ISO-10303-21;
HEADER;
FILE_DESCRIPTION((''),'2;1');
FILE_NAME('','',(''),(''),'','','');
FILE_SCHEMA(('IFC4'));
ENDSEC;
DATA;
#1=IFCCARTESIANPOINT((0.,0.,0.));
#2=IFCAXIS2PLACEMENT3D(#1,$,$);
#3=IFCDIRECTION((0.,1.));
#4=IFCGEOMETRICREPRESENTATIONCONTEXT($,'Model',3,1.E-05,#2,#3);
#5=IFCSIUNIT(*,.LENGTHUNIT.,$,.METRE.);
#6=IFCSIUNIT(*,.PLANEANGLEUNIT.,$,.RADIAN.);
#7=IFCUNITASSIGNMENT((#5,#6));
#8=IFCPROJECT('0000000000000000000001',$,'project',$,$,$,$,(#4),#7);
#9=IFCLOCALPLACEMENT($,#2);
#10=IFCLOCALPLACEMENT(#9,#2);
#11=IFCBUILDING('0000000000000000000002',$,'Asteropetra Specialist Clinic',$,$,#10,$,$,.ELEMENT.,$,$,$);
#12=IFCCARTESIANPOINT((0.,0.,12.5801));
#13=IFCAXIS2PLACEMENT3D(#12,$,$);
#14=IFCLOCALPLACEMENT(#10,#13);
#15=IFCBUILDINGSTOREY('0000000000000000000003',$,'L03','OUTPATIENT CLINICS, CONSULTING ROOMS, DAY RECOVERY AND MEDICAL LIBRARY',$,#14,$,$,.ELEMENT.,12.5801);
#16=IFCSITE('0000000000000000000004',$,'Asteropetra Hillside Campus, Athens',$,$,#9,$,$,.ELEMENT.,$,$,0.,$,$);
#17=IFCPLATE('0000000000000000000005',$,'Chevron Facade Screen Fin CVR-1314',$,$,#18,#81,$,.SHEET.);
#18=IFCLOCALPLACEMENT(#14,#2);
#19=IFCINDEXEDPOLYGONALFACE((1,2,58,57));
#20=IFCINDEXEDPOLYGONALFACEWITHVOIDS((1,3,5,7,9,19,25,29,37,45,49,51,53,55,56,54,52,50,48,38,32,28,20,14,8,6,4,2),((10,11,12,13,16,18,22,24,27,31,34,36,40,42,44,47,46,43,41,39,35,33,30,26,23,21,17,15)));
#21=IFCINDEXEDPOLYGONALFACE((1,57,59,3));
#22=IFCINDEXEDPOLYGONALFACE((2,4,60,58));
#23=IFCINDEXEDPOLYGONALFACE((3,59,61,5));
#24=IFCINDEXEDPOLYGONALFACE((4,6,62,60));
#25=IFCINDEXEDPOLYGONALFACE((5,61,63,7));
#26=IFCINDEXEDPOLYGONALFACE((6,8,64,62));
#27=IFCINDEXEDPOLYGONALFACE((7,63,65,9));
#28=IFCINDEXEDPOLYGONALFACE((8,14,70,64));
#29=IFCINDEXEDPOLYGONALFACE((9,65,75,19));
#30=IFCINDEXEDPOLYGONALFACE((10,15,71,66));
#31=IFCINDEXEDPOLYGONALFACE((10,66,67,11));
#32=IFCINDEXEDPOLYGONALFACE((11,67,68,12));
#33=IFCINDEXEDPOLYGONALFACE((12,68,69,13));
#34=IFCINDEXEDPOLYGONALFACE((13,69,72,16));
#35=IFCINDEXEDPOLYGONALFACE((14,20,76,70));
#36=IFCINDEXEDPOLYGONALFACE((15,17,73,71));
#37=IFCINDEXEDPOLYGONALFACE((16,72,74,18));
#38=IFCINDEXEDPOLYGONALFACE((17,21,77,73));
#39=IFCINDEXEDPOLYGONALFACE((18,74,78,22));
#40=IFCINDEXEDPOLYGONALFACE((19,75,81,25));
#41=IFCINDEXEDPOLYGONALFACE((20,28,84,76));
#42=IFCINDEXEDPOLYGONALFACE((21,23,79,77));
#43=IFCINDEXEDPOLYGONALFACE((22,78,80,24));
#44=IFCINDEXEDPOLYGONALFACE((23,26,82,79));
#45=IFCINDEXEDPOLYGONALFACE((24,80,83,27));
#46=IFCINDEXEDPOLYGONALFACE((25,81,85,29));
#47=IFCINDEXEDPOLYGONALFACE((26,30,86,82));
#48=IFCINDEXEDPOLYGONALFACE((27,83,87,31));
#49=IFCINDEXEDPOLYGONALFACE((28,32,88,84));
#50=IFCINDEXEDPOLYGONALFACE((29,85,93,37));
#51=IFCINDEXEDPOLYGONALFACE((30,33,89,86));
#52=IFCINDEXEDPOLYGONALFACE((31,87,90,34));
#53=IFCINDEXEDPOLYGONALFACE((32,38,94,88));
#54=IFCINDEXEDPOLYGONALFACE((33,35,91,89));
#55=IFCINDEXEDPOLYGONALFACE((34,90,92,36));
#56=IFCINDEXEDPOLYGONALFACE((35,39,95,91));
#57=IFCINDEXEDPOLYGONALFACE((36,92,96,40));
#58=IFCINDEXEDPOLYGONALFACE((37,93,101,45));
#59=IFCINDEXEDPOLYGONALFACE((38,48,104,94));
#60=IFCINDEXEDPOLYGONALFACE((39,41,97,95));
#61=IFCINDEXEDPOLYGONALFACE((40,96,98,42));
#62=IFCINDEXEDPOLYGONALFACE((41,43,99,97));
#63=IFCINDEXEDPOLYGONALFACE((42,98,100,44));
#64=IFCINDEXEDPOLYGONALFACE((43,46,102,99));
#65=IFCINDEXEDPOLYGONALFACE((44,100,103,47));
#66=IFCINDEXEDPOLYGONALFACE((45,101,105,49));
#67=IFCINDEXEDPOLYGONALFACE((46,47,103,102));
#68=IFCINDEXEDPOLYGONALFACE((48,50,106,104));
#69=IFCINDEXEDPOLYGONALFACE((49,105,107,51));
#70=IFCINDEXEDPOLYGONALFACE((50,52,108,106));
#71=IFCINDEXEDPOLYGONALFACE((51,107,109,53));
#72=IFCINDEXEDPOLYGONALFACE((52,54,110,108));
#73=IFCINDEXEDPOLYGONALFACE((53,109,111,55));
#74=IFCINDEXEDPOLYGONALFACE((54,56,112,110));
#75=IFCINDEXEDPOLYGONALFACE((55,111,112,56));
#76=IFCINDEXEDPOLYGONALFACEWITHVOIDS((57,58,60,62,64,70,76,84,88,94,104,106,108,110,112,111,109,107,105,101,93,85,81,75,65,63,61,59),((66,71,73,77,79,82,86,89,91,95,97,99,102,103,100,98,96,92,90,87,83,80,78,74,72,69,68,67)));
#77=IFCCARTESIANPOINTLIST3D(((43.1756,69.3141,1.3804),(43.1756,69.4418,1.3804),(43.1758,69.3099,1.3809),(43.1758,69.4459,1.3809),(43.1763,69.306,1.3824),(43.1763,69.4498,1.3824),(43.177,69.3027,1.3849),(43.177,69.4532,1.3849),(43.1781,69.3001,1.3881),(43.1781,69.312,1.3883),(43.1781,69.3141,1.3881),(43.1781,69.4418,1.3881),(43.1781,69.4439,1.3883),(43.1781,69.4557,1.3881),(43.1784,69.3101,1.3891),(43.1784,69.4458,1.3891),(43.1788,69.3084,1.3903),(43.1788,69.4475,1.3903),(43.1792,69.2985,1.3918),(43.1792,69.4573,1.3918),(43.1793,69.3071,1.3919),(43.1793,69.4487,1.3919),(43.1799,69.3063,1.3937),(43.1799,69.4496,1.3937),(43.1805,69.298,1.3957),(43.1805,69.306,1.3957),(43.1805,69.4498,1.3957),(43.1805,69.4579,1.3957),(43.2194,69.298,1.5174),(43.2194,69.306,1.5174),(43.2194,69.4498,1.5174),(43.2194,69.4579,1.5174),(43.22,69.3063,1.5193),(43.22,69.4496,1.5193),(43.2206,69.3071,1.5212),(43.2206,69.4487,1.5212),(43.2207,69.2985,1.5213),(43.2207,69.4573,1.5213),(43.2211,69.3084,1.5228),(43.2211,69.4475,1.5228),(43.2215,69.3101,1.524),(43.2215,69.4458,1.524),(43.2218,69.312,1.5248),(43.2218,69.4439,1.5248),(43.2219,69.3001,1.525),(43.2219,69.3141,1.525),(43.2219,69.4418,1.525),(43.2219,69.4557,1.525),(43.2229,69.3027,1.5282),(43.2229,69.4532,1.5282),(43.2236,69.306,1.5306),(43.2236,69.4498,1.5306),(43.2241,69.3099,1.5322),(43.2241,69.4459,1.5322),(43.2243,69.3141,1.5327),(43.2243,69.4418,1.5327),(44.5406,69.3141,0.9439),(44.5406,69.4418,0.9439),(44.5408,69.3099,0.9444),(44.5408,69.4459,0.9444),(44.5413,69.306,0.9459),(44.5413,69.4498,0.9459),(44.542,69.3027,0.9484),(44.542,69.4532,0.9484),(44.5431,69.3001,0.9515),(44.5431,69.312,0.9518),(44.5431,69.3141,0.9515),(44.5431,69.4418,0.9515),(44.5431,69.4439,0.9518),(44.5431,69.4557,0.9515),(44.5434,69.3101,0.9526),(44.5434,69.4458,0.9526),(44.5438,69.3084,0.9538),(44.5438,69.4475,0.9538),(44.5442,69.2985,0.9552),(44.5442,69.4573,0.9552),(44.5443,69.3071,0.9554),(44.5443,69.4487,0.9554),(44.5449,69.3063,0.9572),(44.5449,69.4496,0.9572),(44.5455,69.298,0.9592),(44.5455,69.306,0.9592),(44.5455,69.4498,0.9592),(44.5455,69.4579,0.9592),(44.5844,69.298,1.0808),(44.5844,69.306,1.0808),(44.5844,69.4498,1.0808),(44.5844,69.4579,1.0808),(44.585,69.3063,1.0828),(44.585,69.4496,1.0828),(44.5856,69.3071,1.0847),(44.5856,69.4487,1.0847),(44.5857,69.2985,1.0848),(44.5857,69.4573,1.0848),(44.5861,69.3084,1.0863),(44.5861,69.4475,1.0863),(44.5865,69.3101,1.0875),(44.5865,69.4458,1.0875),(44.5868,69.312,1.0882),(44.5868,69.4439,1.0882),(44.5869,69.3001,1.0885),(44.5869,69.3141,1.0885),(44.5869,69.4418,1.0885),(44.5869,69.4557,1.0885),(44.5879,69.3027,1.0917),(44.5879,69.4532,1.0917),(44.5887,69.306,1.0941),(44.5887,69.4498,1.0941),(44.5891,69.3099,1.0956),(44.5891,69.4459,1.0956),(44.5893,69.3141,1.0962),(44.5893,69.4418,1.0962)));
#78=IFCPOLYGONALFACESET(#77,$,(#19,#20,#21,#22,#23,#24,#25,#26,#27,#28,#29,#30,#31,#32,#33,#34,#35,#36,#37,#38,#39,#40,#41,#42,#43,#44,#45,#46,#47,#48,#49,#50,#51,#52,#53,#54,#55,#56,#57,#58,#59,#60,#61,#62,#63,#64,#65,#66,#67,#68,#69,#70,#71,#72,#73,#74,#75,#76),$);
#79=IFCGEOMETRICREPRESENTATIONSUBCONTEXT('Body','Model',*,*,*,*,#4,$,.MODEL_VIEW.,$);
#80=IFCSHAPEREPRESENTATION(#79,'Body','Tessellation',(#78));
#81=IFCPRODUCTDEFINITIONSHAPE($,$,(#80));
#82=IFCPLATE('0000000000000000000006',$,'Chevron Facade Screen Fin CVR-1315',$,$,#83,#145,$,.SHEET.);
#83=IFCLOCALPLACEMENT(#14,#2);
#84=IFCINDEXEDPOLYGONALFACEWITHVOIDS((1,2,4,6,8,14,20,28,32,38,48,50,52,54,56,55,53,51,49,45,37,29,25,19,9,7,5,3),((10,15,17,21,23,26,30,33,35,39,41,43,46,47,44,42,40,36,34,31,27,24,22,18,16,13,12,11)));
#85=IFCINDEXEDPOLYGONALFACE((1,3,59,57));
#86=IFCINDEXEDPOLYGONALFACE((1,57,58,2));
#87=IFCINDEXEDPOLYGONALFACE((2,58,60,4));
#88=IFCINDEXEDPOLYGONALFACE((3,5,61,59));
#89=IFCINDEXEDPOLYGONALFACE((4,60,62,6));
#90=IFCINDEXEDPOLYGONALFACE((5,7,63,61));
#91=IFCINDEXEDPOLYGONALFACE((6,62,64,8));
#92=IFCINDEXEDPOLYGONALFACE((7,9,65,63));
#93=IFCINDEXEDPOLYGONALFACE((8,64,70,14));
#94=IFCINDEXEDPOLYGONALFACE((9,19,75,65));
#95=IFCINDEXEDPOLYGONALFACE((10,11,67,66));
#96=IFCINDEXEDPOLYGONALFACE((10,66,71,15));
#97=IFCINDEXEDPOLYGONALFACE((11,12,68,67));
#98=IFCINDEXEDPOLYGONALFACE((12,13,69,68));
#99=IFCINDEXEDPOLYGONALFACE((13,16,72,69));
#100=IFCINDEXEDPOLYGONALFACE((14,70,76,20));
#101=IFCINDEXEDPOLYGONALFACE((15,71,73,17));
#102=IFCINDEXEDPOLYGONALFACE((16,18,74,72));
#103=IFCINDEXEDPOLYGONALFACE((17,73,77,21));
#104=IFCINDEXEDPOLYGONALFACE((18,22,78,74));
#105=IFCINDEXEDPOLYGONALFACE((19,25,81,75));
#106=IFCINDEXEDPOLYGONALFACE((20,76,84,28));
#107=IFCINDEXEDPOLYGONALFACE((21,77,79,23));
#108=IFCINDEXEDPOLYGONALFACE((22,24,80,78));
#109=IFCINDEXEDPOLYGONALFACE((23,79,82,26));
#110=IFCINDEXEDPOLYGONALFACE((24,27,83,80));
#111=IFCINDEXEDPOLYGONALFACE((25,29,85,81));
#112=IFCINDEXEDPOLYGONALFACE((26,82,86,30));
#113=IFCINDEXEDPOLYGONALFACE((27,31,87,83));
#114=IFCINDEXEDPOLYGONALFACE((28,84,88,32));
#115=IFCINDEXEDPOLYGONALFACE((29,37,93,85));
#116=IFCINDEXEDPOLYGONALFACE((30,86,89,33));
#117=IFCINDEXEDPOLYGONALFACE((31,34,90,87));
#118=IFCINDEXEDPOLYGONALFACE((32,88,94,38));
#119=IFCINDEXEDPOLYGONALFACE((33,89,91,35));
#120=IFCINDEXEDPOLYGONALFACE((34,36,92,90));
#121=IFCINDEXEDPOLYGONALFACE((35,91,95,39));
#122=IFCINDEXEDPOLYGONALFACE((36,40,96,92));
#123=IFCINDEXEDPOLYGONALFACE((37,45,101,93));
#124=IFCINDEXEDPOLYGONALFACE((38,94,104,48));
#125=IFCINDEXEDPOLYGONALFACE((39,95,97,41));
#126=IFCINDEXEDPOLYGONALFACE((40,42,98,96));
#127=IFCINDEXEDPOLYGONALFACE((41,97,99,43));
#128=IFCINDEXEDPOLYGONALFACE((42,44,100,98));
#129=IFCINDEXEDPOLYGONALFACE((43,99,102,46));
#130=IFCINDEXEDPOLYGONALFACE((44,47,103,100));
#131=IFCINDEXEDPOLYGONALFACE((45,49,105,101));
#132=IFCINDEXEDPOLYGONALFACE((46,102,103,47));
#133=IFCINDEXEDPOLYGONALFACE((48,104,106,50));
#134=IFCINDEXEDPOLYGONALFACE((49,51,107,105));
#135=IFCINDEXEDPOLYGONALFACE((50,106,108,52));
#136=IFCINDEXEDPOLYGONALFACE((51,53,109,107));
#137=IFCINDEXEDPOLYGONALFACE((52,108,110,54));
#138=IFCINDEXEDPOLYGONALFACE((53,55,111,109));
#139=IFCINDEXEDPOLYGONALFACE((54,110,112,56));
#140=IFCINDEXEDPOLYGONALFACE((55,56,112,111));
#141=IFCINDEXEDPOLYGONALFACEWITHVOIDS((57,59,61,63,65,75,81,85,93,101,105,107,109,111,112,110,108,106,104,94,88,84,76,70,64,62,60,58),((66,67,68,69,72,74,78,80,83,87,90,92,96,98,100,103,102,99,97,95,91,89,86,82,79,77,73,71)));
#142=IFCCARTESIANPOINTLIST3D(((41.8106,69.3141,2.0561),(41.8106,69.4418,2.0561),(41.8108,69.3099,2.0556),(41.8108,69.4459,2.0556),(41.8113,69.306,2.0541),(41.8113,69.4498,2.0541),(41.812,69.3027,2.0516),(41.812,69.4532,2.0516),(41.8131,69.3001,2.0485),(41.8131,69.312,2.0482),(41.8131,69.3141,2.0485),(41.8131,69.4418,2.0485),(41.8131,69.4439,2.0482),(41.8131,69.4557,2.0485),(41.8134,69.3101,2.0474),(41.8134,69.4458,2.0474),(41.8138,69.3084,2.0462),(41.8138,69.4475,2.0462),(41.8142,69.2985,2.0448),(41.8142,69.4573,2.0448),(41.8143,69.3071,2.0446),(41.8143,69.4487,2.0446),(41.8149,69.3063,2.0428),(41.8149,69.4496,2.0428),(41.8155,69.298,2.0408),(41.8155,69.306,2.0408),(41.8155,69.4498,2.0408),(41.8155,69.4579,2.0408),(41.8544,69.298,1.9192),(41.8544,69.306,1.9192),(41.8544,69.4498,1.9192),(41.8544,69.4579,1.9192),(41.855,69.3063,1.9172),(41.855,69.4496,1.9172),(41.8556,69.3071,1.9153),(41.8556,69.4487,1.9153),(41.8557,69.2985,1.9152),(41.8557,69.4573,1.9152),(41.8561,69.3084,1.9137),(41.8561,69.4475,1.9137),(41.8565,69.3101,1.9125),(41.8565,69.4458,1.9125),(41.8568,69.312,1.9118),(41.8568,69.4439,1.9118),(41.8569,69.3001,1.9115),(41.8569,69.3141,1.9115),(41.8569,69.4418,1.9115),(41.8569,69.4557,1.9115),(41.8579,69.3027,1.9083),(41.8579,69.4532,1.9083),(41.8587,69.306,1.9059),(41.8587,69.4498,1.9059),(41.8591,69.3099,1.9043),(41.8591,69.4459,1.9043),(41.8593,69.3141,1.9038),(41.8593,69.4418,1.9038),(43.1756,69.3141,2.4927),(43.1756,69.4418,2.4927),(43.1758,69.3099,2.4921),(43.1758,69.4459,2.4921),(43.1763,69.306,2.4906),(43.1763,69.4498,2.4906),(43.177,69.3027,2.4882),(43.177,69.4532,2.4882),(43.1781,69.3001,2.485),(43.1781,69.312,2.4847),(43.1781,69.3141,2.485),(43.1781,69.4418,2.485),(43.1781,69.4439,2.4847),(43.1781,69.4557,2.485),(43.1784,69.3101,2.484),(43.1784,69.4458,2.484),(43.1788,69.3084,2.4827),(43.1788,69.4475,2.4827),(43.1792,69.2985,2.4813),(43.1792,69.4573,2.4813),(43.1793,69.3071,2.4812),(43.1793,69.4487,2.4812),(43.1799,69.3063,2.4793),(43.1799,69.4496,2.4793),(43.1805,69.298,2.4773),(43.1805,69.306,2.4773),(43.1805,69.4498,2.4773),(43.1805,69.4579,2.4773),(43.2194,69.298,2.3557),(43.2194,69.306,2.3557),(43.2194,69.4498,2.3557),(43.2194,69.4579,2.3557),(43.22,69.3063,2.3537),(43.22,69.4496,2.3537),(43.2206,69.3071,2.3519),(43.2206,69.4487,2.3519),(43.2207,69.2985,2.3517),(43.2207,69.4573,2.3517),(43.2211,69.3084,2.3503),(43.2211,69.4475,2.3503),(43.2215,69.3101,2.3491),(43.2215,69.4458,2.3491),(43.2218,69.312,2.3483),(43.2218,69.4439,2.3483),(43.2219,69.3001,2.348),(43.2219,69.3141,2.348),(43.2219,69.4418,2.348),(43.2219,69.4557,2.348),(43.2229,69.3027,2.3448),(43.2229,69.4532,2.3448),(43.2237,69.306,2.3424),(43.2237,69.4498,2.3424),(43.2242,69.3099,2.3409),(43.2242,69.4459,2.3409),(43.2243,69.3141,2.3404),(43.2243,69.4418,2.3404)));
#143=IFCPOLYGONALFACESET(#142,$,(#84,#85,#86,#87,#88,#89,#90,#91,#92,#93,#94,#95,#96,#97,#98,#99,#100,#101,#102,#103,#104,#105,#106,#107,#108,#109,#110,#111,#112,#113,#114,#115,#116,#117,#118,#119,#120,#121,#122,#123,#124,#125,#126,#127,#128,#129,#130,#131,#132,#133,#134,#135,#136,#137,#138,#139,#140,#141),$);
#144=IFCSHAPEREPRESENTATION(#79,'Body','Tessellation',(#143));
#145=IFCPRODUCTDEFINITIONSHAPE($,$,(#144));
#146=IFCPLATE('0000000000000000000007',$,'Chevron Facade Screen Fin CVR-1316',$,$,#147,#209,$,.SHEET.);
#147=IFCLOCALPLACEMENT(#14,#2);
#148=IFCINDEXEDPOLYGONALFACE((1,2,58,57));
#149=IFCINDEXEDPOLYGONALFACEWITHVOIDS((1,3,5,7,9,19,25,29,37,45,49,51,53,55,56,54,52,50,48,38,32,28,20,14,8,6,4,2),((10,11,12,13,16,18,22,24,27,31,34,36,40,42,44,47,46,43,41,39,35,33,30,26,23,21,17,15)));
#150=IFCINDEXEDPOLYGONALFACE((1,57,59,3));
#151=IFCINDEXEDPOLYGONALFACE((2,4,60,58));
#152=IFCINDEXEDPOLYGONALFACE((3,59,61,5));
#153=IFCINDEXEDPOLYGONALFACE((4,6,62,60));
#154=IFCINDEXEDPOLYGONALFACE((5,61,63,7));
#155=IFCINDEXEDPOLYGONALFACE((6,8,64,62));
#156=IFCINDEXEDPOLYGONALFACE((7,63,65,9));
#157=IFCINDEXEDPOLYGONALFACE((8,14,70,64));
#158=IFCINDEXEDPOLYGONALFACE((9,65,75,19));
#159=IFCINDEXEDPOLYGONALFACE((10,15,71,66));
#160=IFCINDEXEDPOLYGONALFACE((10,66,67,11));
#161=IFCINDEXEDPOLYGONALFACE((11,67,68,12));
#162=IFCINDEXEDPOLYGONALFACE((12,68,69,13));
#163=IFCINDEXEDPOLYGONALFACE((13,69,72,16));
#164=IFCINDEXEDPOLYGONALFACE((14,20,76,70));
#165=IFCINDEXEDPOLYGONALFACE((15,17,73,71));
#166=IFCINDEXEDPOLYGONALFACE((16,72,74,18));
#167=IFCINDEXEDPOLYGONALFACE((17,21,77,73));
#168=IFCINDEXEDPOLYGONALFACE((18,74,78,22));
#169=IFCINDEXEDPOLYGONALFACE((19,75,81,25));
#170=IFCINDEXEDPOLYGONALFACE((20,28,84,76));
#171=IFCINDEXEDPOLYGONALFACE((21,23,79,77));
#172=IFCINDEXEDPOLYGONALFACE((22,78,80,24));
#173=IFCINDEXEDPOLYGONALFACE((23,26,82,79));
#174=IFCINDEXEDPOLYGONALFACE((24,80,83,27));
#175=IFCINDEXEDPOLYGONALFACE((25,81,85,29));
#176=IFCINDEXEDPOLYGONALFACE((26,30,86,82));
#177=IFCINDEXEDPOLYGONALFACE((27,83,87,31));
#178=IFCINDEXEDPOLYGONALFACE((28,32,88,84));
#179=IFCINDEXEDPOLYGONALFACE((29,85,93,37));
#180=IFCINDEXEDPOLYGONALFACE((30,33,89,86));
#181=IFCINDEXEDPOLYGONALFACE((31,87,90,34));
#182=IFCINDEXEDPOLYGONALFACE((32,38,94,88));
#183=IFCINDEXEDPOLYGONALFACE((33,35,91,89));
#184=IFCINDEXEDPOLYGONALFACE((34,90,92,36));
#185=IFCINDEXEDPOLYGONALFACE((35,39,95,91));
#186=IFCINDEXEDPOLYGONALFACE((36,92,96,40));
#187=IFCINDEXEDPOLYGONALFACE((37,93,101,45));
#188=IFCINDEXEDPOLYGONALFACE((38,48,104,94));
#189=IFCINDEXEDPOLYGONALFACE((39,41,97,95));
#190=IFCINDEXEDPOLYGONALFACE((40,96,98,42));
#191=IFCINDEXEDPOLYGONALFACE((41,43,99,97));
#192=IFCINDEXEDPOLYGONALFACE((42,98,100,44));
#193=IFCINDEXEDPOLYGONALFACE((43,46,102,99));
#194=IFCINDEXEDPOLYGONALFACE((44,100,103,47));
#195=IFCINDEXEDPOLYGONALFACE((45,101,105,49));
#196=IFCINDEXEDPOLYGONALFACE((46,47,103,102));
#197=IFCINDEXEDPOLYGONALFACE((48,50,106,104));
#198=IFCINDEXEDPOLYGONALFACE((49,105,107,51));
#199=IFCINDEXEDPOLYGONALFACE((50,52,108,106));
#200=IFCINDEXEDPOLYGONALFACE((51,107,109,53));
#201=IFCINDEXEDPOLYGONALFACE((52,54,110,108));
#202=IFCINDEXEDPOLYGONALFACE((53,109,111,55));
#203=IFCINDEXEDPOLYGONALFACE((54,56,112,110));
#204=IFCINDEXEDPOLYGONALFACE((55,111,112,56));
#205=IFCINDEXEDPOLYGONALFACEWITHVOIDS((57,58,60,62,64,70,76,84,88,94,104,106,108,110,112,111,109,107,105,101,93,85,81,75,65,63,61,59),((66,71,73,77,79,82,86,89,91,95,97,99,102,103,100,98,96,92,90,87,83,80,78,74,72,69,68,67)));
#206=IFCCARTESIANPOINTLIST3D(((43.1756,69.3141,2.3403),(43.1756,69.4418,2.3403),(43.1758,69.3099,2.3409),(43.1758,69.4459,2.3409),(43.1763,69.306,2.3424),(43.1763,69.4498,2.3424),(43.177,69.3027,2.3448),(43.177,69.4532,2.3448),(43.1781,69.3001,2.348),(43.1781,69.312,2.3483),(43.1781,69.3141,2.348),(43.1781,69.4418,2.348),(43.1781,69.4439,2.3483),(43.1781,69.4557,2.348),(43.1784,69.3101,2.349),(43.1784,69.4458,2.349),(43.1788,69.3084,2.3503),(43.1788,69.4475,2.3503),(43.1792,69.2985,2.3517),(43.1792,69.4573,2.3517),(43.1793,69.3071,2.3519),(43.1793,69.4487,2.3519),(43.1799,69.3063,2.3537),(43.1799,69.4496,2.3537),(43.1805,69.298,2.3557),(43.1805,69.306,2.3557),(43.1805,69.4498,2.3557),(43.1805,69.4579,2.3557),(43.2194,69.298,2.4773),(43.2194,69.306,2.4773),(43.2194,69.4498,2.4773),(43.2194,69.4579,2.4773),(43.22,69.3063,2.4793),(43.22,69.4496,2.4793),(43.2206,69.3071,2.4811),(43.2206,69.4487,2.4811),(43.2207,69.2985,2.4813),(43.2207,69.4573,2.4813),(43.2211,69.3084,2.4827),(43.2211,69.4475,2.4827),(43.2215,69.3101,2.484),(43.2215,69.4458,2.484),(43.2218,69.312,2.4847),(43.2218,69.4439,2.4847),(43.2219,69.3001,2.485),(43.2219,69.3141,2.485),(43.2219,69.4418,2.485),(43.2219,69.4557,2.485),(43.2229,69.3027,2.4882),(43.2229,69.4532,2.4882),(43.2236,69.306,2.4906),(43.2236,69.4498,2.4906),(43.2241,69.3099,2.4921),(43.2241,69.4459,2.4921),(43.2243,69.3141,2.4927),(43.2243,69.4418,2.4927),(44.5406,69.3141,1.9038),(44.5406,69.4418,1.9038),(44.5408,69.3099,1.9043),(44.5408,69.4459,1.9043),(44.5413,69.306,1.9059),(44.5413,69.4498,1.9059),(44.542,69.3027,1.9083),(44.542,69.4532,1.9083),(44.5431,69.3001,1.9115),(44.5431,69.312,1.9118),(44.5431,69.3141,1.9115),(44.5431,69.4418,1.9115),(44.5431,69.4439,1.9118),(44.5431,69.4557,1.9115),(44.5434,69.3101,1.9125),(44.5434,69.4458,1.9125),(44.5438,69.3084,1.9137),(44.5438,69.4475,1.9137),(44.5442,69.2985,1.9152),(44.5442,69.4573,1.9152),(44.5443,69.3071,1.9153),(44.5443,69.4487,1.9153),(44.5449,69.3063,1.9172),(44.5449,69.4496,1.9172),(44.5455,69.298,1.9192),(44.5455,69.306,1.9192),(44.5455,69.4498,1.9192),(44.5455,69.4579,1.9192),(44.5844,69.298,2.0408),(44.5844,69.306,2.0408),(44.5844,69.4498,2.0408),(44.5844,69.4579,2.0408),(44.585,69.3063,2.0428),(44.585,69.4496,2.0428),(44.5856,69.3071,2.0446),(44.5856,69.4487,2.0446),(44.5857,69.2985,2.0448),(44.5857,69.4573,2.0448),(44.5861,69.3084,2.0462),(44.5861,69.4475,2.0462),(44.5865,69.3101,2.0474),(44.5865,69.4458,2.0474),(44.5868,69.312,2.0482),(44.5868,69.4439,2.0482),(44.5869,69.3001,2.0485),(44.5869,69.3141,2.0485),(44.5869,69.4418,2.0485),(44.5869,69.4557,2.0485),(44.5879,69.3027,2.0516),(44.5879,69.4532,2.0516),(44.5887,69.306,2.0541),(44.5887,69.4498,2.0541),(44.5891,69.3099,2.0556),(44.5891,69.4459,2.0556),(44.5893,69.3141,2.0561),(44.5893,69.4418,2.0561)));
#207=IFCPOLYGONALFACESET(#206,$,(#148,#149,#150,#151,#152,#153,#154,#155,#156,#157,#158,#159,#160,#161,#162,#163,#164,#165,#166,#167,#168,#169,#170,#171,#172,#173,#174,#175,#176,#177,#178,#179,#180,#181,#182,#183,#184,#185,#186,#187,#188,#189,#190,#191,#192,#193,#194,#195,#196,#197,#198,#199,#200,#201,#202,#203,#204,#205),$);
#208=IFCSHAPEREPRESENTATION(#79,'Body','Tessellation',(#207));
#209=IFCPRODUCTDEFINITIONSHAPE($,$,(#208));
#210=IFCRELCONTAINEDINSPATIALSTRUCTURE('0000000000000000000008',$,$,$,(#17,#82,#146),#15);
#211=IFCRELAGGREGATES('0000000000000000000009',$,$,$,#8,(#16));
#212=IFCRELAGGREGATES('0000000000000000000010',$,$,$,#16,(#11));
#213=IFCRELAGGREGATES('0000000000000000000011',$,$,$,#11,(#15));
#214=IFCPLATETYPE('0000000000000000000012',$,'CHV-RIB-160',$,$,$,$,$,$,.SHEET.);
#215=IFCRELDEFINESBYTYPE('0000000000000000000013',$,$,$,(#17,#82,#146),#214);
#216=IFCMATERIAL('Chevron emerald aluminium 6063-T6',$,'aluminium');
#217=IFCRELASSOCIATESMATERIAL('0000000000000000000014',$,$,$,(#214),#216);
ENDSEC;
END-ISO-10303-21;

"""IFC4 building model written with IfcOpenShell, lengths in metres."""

from ifc_helpers import new_model, si_unit, direction, frame, origin, origin_2d, place, context, subcontext, project, spatial, hollow_rectangle, extrude, material, material_profile, profile_set, type_object, element, save


model = new_model("IFC4")

# Units and contexts
model_context = context("Model", 3, precision=1e-05, world=origin(), true_north=direction((0.0, 1.0)))
body_context = subcontext(model_context, "Body", "Model", "MODEL_VIEW")
ifc_project = project(units=[si_unit("LENGTHUNIT", "METRE"), si_unit("PLANEANGLEUNIT", "RADIAN")], contexts=[model_context])

# Site, building, storey
site_placement = place(None, origin())
site = spatial("IfcSite", under=ifc_project, at=site_placement, Name="Asteropetra Hillside Campus, Athens", CompositionType="ELEMENT", RefElevation=0.0)
building_placement = place(site_placement, origin())
building = spatial("IfcBuilding", under=site, at=building_placement, Name="Asteropetra Specialist Clinic", CompositionType="ELEMENT")
storey_placement = place(building_placement, frame((0.0, 0.0, 12.5801)))
storey = spatial("IfcBuildingStorey", under=building, at=storey_placement, Name="L03", Description="OUTPATIENT CLINICS, CONSULTING ROOMS, DAY RECOVERY AND MEDICAL LIBRARY", CompositionType="ELEMENT", Elevation=12.5801)

# Plates
ifc_material_1 = material(Name="Chevron emerald aluminium 6063-T6", Category="aluminium")
ifc_material_profile = material_profile(ifc_material_1, hollow_rectangle(XDim=0.1599, YDim=0.1599, WallThickness=0.0081, InnerFilletRadius=0.0081, OuterFilletRadius=0.0161, at=origin_2d()), Name="SHS 160x160x8.0")
ifc_profile_set = profile_set([ifc_material_profile], Name="Chevron emerald aluminium 6063-T6")
plate_type_1 = type_object("IfcPlateType", Name="CHV-RIB-160", PredefinedType="SHEET", material=ifc_profile_set)
for number, where, z_axis, x_axis, name in (
    (1, (43.2, 69.3779, 1.4565), (0.95248, 0.0, -0.304603), (0.0, 1.0, 0.0), "Chevron Facade Screen Fin CVR-1314"),
    (2, (41.835, 69.3779, 1.98), (0.95248, 0.0, 0.304603), (0.0, 1.0, 0.0), "Chevron Facade Screen Fin CVR-1315"),
    (3, (43.2, 69.3779, 2.4165), (0.95248, 0.0, -0.304603), (0.0, 1.0, 0.0), "Chevron Facade Screen Fin CVR-1316"),
):
    element("IfcPlate", number, at=place(storey_placement, frame(where, z_axis=z_axis, x_axis=x_axis)), inside=storey, type_object=plate_type_1, Name=name, PredefinedType="SHEET", context=body_context, shape_type="SweptSolid", body=[
        extrude(hollow_rectangle(XDim=0.1599, YDim=0.1599, WallThickness=0.0081, InnerFilletRadius=0.0081, OuterFilletRadius=0.0161, at=origin_2d()), origin(), (0.0, 0.0, 1.0), 1.4331),
    ])

save(model, "model.ifc")
